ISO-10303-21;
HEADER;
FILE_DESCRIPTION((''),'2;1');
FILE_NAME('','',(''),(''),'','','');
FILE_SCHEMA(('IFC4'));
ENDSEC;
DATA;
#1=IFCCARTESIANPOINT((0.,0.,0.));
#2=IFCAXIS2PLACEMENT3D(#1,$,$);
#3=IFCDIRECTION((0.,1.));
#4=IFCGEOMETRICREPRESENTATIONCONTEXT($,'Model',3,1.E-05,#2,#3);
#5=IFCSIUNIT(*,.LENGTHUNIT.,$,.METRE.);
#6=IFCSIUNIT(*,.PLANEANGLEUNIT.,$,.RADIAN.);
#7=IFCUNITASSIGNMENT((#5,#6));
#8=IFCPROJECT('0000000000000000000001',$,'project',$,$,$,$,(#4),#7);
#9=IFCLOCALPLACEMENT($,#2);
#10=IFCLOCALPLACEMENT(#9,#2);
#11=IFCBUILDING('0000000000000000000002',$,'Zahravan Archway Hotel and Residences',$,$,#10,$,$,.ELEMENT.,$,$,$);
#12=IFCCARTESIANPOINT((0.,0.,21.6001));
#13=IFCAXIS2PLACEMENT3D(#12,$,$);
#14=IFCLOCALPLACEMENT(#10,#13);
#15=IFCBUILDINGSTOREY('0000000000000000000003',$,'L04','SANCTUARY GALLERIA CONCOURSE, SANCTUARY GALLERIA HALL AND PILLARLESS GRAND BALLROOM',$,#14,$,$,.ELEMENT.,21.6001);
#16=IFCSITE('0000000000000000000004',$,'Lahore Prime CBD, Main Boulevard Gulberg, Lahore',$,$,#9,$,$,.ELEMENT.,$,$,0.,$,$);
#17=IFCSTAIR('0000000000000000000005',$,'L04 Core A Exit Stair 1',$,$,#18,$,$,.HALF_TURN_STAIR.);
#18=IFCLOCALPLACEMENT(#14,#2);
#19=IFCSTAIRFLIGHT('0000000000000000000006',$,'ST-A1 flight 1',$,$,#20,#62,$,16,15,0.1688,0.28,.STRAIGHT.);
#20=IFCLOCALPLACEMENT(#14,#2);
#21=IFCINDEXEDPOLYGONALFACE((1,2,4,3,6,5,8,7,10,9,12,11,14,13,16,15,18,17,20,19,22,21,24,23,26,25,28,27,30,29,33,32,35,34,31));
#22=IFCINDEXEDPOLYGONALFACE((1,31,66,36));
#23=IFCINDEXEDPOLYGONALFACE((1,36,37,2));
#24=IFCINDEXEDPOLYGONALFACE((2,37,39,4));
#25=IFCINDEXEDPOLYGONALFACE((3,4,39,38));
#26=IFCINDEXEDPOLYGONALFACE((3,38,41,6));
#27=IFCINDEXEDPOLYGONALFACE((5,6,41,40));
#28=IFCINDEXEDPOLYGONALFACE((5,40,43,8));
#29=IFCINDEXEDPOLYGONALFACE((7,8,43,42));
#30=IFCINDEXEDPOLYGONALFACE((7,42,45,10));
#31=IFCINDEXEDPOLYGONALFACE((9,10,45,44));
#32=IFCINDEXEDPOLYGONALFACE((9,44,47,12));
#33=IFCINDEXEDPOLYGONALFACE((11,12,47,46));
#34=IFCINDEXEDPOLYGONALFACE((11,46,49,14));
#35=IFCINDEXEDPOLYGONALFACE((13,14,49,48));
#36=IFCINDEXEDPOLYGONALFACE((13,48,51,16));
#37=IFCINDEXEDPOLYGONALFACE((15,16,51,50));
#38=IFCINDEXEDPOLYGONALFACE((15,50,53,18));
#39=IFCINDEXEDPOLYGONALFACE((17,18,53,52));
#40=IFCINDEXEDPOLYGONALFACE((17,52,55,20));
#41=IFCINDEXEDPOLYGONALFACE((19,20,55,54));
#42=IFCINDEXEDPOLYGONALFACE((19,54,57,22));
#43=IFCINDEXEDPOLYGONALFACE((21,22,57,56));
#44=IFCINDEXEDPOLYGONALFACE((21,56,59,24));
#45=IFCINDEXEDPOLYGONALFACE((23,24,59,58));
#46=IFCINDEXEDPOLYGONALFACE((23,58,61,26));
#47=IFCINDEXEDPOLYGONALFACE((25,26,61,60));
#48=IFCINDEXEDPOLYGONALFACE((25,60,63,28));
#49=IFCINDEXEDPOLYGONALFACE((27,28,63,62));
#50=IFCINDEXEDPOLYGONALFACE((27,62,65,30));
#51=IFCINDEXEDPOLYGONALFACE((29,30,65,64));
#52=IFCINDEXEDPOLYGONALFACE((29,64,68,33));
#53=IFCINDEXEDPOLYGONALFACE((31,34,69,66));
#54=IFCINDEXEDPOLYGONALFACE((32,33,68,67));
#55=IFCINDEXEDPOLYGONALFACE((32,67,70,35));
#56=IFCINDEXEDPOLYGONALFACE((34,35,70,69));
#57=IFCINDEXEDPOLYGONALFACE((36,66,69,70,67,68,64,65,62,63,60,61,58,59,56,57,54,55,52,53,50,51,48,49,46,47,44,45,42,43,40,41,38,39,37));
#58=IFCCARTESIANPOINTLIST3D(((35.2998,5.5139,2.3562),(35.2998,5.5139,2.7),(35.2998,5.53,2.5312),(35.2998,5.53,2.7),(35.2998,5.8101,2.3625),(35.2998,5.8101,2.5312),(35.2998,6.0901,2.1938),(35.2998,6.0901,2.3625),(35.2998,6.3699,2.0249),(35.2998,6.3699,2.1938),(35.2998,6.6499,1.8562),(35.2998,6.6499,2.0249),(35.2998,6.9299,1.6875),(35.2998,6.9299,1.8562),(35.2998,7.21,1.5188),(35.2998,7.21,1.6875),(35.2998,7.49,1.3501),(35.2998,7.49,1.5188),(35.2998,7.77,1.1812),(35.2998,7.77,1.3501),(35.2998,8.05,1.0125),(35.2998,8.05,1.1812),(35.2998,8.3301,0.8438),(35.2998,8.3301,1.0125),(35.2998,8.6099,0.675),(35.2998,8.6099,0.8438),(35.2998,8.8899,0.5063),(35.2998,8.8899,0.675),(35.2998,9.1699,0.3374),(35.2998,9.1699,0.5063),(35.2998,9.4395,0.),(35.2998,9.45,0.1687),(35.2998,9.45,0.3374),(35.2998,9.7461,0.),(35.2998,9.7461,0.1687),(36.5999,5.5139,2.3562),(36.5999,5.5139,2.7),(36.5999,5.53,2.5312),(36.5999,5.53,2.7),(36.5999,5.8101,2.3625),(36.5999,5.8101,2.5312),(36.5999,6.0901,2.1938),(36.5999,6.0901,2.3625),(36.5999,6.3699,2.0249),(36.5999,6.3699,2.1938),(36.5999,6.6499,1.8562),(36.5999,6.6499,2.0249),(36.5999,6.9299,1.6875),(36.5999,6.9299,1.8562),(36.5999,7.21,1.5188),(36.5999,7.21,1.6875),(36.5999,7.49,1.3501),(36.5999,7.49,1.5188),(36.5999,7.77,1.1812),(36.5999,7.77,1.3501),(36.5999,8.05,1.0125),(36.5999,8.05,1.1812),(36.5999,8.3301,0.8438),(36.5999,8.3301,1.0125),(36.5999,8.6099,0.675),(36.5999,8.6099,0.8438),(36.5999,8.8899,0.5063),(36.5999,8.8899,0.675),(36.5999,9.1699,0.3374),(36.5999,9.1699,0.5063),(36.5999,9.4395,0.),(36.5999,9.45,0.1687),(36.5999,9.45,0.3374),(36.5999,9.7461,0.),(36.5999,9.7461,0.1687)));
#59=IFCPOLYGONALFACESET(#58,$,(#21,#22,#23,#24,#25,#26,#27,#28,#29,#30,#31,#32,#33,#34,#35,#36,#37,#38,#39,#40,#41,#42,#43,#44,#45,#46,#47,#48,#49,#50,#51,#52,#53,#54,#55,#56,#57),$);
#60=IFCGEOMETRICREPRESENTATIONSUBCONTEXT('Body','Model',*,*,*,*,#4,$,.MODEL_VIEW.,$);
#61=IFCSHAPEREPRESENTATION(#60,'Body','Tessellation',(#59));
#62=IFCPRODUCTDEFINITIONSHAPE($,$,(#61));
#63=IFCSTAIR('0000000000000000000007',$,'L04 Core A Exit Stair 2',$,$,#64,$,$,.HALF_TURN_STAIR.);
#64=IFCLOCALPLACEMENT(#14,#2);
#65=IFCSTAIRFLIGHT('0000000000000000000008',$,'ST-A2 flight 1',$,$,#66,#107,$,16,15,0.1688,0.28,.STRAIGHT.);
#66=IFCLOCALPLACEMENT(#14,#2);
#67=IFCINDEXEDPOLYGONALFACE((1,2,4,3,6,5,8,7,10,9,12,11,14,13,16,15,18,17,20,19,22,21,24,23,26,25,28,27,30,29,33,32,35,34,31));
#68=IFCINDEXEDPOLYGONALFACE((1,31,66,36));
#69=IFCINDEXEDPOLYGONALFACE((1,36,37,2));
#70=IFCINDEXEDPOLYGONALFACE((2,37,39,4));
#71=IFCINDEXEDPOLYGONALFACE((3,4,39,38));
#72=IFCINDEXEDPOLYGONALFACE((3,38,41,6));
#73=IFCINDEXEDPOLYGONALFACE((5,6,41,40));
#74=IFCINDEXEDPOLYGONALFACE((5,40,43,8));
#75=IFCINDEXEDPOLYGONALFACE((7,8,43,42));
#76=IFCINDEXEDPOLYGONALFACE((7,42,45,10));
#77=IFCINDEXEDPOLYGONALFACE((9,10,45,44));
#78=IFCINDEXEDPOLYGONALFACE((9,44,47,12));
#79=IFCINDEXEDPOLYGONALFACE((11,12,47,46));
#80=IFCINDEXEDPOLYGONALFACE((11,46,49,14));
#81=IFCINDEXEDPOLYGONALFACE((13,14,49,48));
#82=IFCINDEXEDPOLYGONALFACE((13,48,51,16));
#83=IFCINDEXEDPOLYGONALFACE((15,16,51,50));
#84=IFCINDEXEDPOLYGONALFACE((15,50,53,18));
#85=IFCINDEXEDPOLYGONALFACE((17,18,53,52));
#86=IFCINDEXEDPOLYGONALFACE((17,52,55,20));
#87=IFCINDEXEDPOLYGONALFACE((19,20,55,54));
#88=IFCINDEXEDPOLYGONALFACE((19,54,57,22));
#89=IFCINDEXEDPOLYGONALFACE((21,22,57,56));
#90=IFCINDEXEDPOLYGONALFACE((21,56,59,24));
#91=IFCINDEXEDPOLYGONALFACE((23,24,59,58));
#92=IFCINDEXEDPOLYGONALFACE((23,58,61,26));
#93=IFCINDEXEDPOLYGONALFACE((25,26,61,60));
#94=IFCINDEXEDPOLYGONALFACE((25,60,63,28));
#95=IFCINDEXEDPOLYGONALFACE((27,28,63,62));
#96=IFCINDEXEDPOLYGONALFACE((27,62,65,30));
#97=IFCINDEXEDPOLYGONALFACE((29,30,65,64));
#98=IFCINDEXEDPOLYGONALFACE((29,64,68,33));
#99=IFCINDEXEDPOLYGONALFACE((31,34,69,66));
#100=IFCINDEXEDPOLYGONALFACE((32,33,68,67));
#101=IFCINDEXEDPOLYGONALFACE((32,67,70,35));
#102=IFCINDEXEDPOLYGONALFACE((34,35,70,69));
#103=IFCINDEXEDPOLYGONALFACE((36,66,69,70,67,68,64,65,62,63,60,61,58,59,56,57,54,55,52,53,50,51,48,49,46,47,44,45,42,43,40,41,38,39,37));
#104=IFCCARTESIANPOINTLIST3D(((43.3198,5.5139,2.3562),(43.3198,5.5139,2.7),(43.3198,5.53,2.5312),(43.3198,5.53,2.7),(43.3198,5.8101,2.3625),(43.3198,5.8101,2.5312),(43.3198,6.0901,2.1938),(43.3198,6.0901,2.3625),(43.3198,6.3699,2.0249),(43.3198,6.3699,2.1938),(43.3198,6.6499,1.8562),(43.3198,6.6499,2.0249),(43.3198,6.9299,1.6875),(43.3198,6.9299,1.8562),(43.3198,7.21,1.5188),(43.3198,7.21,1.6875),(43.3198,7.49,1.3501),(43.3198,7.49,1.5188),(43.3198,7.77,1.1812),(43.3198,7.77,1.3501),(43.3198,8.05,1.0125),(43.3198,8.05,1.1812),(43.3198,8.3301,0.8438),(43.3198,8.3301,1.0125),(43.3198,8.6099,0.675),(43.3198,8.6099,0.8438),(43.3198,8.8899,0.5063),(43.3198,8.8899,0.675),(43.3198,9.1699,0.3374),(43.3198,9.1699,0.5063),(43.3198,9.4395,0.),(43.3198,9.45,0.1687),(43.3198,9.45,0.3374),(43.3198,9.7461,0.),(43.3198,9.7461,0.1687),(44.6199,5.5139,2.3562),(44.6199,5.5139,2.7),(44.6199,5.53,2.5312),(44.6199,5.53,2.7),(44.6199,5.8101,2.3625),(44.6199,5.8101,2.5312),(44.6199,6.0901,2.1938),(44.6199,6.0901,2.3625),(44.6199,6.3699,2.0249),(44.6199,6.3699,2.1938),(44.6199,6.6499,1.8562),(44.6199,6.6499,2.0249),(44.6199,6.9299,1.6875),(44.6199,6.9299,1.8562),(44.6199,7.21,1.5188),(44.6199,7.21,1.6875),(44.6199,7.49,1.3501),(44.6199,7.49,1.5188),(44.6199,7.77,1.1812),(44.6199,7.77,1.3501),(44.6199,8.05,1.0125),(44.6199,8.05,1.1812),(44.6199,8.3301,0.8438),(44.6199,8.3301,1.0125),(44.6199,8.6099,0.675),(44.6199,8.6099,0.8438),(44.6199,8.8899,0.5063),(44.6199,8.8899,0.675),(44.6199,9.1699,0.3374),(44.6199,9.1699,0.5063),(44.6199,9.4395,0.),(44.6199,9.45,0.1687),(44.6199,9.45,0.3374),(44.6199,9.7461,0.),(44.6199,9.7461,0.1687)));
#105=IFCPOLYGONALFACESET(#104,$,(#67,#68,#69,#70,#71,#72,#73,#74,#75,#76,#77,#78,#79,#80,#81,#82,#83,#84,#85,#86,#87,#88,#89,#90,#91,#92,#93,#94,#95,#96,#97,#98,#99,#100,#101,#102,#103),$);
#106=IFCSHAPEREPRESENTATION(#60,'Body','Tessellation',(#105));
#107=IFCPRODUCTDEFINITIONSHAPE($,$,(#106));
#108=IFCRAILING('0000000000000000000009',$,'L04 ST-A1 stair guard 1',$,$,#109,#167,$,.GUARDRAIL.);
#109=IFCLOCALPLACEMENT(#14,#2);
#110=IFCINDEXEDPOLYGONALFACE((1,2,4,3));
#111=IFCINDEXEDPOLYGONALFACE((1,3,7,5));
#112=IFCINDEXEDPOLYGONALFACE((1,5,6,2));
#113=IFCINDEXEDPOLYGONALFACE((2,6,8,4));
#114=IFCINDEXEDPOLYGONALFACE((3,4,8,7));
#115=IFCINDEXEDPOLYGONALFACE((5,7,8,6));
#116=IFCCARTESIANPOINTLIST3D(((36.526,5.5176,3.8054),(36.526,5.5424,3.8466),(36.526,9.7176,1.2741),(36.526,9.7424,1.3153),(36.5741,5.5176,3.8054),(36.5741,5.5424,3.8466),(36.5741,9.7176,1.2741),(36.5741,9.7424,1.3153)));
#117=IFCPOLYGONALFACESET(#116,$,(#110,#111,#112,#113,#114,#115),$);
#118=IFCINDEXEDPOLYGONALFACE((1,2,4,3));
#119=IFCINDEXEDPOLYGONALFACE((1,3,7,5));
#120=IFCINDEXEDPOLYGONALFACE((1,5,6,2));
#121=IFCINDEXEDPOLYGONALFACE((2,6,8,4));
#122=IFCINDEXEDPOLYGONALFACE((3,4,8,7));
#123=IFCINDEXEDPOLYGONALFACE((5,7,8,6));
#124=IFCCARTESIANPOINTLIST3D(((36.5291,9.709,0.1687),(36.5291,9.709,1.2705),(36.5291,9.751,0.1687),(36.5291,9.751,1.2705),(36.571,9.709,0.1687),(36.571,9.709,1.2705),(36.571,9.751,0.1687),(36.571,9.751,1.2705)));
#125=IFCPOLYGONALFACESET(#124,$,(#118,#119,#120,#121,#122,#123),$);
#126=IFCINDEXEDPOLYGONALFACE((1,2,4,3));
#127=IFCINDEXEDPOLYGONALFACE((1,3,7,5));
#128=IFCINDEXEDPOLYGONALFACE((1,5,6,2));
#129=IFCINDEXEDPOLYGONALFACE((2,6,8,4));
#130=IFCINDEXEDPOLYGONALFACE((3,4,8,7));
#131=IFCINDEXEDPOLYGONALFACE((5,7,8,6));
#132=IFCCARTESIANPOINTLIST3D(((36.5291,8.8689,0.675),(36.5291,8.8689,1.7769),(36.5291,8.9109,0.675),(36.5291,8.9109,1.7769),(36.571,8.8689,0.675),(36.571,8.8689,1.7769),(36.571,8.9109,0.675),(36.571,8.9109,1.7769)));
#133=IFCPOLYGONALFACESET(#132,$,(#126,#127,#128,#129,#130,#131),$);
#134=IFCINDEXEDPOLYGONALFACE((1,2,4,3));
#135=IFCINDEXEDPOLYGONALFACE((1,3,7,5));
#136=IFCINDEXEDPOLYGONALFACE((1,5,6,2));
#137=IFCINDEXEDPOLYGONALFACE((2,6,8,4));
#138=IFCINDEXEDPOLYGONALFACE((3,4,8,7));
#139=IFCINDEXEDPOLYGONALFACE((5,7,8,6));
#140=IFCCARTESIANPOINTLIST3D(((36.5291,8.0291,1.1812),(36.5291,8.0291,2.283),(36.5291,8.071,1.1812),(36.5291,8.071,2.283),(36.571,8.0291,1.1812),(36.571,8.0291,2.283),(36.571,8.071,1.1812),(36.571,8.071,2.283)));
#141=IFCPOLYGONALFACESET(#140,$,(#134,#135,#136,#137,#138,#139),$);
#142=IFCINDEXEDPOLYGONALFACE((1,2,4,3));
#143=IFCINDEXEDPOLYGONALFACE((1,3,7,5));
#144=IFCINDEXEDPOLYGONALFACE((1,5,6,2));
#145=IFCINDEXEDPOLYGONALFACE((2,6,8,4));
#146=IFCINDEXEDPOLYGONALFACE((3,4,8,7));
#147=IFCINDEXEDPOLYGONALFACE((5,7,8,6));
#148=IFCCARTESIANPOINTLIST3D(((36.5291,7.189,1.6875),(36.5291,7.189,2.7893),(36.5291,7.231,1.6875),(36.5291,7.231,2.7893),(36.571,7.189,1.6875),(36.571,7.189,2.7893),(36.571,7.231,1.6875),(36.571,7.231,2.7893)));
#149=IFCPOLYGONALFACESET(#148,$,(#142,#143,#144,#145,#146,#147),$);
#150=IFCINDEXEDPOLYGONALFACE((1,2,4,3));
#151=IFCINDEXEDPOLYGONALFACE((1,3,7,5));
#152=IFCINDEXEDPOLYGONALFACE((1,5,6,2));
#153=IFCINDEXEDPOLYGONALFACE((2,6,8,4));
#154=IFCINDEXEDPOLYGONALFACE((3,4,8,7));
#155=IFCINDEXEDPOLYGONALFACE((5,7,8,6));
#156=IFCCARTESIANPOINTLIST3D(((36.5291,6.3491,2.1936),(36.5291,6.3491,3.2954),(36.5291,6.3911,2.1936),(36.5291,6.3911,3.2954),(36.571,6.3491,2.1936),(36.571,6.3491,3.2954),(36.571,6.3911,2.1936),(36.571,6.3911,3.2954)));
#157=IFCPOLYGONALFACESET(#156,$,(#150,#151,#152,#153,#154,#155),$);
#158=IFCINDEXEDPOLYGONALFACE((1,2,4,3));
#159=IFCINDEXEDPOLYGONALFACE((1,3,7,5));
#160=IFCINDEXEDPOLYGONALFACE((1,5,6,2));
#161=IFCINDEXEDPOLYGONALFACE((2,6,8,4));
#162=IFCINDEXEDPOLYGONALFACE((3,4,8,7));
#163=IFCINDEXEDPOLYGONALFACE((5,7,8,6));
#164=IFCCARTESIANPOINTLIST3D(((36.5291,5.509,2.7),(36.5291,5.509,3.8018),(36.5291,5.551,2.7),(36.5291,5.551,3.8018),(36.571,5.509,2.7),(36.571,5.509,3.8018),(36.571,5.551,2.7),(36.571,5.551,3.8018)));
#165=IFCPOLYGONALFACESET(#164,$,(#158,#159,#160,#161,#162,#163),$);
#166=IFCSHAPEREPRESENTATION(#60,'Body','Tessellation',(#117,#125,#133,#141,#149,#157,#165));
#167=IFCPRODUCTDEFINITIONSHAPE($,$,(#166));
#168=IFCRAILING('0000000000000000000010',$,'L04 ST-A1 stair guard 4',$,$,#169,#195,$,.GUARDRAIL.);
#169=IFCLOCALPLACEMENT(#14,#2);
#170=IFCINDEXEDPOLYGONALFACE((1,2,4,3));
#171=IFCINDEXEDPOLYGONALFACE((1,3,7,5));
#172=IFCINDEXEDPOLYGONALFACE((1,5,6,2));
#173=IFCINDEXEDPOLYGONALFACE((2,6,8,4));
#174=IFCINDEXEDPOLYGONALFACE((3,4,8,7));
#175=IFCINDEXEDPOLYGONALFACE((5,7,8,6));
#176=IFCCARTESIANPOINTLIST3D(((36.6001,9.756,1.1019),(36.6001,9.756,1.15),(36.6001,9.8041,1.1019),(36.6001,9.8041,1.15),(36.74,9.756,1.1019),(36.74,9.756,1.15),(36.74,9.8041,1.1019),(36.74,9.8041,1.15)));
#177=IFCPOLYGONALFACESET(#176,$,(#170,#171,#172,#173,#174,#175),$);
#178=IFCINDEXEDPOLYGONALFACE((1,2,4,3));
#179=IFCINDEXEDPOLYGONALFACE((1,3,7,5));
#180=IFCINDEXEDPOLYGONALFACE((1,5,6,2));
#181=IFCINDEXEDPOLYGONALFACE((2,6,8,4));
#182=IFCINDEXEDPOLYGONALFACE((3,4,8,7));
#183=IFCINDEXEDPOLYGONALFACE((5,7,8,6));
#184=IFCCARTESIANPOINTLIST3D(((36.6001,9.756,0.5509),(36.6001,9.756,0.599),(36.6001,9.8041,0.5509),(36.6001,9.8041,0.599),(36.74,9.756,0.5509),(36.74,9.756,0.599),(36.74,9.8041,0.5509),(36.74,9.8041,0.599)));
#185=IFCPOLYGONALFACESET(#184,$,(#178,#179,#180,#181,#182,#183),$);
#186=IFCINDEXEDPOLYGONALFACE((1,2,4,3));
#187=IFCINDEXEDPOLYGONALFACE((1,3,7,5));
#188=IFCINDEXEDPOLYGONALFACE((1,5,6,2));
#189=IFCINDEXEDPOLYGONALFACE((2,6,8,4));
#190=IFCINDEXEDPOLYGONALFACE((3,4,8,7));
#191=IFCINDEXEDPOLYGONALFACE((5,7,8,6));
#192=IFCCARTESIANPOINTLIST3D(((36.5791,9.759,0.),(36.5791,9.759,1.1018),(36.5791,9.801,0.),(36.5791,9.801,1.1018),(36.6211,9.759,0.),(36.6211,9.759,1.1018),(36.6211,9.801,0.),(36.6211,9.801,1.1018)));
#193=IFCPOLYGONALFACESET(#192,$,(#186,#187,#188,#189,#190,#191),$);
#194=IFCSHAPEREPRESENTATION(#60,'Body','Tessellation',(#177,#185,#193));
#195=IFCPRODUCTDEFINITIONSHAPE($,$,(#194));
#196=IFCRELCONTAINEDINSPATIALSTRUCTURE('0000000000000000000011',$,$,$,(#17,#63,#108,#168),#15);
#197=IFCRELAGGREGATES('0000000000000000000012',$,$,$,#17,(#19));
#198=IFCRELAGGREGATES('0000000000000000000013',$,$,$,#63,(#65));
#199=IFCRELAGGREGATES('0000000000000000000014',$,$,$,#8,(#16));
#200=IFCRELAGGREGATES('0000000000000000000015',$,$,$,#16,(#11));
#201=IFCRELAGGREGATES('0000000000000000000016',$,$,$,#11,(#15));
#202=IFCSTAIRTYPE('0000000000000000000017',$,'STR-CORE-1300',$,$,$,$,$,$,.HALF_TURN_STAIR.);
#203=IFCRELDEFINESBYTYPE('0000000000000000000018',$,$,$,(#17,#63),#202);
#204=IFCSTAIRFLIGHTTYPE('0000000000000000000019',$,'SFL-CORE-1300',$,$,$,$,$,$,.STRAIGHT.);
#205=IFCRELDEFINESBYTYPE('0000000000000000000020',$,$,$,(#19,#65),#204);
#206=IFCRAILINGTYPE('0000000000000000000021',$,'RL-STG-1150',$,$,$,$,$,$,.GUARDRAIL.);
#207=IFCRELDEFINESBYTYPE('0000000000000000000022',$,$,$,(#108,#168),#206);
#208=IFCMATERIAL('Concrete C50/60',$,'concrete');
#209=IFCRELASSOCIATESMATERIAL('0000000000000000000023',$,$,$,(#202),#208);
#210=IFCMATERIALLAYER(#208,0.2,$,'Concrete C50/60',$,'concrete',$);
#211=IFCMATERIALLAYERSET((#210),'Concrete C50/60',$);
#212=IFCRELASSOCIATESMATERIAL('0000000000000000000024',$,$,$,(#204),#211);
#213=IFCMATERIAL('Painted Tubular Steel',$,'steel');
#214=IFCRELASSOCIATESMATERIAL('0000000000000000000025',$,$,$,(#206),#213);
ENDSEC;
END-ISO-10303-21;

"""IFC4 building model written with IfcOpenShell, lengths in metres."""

from ifc_helpers import new_model, si_unit, direction, frame, origin, origin_2d, place, context, subcontext, project, spatial, polyline, rectangle, outline, extrude, source, transform, mapped, material, layer, layer_set, type_object, element, aggregate, save


model = new_model("IFC4")

# Units and contexts
model_context = context("Model", 3, precision=1e-05, world=origin(), true_north=direction((0.0, 1.0)))
body_context = subcontext(model_context, "Body", "Model", "MODEL_VIEW")
ifc_project = project(units=[si_unit("LENGTHUNIT", "METRE"), si_unit("PLANEANGLEUNIT", "RADIAN")], contexts=[model_context])

# Site, building, storey
site_placement = place(None, origin())
site = spatial("IfcSite", under=ifc_project, at=site_placement, Name="Lahore Prime CBD, Main Boulevard Gulberg, Lahore", CompositionType="ELEMENT", RefElevation=0.0)
building_placement = place(site_placement, origin())
building = spatial("IfcBuilding", under=site, at=building_placement, Name="Zahravan Archway Hotel and Residences", CompositionType="ELEMENT")
storey_placement = place(building_placement, frame((0.0, 0.0, 21.6001)))
storey = spatial("IfcBuildingStorey", under=building, at=storey_placement, Name="L04", Description="SANCTUARY GALLERIA CONCOURSE, SANCTUARY GALLERIA HALL AND PILLARLESS GRAND BALLROOM", CompositionType="ELEMENT", Elevation=21.6001)

# Shared definitions
ifc_material_1 = material(Name="Concrete C50/60", Category="concrete")

# Stairs, stair flights
stair_type = type_object("IfcStairType", Name="STR-CORE-1300", PredefinedType="HALF_TURN_STAIR", material=ifc_material_1)
stair_1_placement = place(storey_placement, origin())
stair_1 = element("IfcStair", 1, at=stair_1_placement, inside=storey, type_object=stair_type, Name="L04 Core A Exit Stair 1", PredefinedType="HALF_TURN_STAIR")
ifc_layer_1 = layer(ifc_material_1, 0.2, Name="Concrete C50/60", Category="concrete")
ifc_layer_set_1 = layer_set([ifc_layer_1], Name="Concrete C50/60")
stair_flight_type = type_object("IfcStairFlightType", Name="SFL-CORE-1300", PredefinedType="STRAIGHT", material=ifc_layer_set_1)
shared_shape_1 = source(origin(), body_context, "Body", "SweptSolid", [
    extrude(outline(polyline([(-0.0161, 0.0), (-0.0161, 0.1687), (0.28, 0.1687), (0.28, 0.3374), (0.5601, 0.3374), (0.5601, 0.5063), (0.8401, 0.5063), (0.8401, 0.675), (1.1201, 0.675), (1.1201, 0.8438), (1.3999, 0.8438), (1.3999, 1.0125), (1.6799, 1.0125), (1.6799, 1.1812), (1.96, 1.1812), (1.96, 1.3501), (2.24, 1.3501), (2.24, 1.5188), (2.52, 1.5188), (2.52, 1.6875), (2.8, 1.6875), (2.8, 1.8562), (3.0801, 1.8562), (3.0801, 2.0249), (3.3601, 2.0249), (3.3601, 2.1938), (3.6399, 2.1938), (3.6399, 2.3625), (3.9199, 2.3625), (3.9199, 2.5312), (4.2, 2.5312), (4.2, 2.7), (4.2161, 2.7), (4.2161, 2.3562), (0.2905, 0.0), (-0.0161, 0.0)])), frame((0.0, 0.6499, 0.0), z_axis=(0.0, -1.0, 0.0), x_axis=(1.0, 0.0, 0.0)), (0.0, 0.0, 1.0), 1.3),
])
stair_flight_1_placement = place(storey_placement, frame((35.95, 9.73, 0.0), z_axis=(0.0, 0.0, 1.0), x_axis=(0.0, -1.0, 0.0)))
stair_flight_1 = element("IfcStairFlight", 2, at=stair_flight_1_placement, type_object=stair_flight_type, Name="ST-A1 flight 1", NumberOfRisers=16, NumberOfTreads=15, PredefinedType="STRAIGHT", RiserHeight=0.1688, TreadLength=0.28, context=body_context, shape_type="MappedRepresentation", body=[
    mapped(shared_shape_1, transform((0.0, 0.0, 0.0), scale=1.0)),
])
aggregate(stair_1, [stair_flight_1])
stair_2_placement = place(storey_placement, origin())
stair_2 = element("IfcStair", 3, at=stair_2_placement, inside=storey, type_object=stair_type, Name="L04 Core A Exit Stair 2", PredefinedType="HALF_TURN_STAIR")
stair_flight_2_placement = place(storey_placement, frame((43.97, 9.73, 0.0), z_axis=(0.0, 0.0, 1.0), x_axis=(0.0, -1.0, 0.0)))
stair_flight_2 = element("IfcStairFlight", 4, at=stair_flight_2_placement, type_object=stair_flight_type, Name="ST-A2 flight 1", NumberOfRisers=16, NumberOfTreads=15, PredefinedType="STRAIGHT", RiserHeight=0.1688, TreadLength=0.28, context=body_context, shape_type="MappedRepresentation", body=[
    mapped(shared_shape_1, transform((0.0, 0.0, 0.0), scale=1.0)),
])
aggregate(stair_2, [stair_flight_2])

# Railings
ifc_material_2 = material(Name="Painted Tubular Steel", Category="steel")
railing_type_1 = type_object("IfcRailingType", Name="RL-STG-1150", PredefinedType="GUARDRAIL", material=ifc_material_2)
railing_1_placement = place(storey_placement, frame((36.55, 9.73, 0.1687)))
element("IfcRailing", 5, at=railing_1_placement, inside=storey, type_object=railing_type_1, Name="L04 ST-A1 stair guard 1", PredefinedType="GUARDRAIL", context=body_context, shape_type="SweptSolid", body=[
    extrude(rectangle(XDim=0.0481, YDim=0.0481, at=origin_2d()), frame((0.0, 0.0, 1.126), z_axis=(0.0, -0.856476, 0.516186), x_axis=(1.0, 0.0, 0.0)), (0.0, 0.0, 1.0), 4.9038),
    extrude(rectangle(XDim=0.042, YDim=0.042, at=origin_2d()), origin(), (0.0, 0.0, 1.0), 1.1018),
    extrude(rectangle(XDim=0.042, YDim=0.042, at=origin_2d()), frame((0.0, -0.8401, 0.5063)), (0.0, 0.0, 1.0), 1.1018),
    extrude(rectangle(XDim=0.042, YDim=0.042, at=origin_2d()), frame((0.0, -1.6799, 1.0125)), (0.0, 0.0, 1.0), 1.1018),
    extrude(rectangle(XDim=0.042, YDim=0.042, at=origin_2d()), frame((0.0, -2.52, 1.5188)), (0.0, 0.0, 1.0), 1.1018),
    extrude(rectangle(XDim=0.042, YDim=0.042, at=origin_2d()), frame((0.0, -3.3599, 2.0249)), (0.0, 0.0, 1.0), 1.1018),
    extrude(rectangle(XDim=0.042, YDim=0.042, at=origin_2d()), frame((0.0, -4.2, 2.5312)), (0.0, 0.0, 1.0), 1.1018),
])
railing_2_placement = place(storey_placement, frame((36.6001, 9.78, 0.0)))
element("IfcRailing", 6, at=railing_2_placement, inside=storey, type_object=railing_type_1, Name="L04 ST-A1 stair guard 4", PredefinedType="GUARDRAIL", context=body_context, shape_type="SweptSolid", body=[
    extrude(rectangle(XDim=0.0481, YDim=0.0481, at=origin_2d()), frame((0.0, 0.0, 1.126), z_axis=(1.0, 0.0, 0.0), x_axis=(0.0, 1.0, 0.0)), (0.0, 0.0, 1.0), 0.1399),
    extrude(rectangle(XDim=0.0481, YDim=0.0481, at=origin_2d()), frame((0.0, 0.0, 0.575), z_axis=(1.0, 0.0, 0.0), x_axis=(0.0, 1.0, 0.0)), (0.0, 0.0, 1.0), 0.1399),
    extrude(rectangle(XDim=0.042, YDim=0.042, at=origin_2d()), origin(), (0.0, 0.0, 1.0), 1.1018),
])

save(model, "model.ifc")
